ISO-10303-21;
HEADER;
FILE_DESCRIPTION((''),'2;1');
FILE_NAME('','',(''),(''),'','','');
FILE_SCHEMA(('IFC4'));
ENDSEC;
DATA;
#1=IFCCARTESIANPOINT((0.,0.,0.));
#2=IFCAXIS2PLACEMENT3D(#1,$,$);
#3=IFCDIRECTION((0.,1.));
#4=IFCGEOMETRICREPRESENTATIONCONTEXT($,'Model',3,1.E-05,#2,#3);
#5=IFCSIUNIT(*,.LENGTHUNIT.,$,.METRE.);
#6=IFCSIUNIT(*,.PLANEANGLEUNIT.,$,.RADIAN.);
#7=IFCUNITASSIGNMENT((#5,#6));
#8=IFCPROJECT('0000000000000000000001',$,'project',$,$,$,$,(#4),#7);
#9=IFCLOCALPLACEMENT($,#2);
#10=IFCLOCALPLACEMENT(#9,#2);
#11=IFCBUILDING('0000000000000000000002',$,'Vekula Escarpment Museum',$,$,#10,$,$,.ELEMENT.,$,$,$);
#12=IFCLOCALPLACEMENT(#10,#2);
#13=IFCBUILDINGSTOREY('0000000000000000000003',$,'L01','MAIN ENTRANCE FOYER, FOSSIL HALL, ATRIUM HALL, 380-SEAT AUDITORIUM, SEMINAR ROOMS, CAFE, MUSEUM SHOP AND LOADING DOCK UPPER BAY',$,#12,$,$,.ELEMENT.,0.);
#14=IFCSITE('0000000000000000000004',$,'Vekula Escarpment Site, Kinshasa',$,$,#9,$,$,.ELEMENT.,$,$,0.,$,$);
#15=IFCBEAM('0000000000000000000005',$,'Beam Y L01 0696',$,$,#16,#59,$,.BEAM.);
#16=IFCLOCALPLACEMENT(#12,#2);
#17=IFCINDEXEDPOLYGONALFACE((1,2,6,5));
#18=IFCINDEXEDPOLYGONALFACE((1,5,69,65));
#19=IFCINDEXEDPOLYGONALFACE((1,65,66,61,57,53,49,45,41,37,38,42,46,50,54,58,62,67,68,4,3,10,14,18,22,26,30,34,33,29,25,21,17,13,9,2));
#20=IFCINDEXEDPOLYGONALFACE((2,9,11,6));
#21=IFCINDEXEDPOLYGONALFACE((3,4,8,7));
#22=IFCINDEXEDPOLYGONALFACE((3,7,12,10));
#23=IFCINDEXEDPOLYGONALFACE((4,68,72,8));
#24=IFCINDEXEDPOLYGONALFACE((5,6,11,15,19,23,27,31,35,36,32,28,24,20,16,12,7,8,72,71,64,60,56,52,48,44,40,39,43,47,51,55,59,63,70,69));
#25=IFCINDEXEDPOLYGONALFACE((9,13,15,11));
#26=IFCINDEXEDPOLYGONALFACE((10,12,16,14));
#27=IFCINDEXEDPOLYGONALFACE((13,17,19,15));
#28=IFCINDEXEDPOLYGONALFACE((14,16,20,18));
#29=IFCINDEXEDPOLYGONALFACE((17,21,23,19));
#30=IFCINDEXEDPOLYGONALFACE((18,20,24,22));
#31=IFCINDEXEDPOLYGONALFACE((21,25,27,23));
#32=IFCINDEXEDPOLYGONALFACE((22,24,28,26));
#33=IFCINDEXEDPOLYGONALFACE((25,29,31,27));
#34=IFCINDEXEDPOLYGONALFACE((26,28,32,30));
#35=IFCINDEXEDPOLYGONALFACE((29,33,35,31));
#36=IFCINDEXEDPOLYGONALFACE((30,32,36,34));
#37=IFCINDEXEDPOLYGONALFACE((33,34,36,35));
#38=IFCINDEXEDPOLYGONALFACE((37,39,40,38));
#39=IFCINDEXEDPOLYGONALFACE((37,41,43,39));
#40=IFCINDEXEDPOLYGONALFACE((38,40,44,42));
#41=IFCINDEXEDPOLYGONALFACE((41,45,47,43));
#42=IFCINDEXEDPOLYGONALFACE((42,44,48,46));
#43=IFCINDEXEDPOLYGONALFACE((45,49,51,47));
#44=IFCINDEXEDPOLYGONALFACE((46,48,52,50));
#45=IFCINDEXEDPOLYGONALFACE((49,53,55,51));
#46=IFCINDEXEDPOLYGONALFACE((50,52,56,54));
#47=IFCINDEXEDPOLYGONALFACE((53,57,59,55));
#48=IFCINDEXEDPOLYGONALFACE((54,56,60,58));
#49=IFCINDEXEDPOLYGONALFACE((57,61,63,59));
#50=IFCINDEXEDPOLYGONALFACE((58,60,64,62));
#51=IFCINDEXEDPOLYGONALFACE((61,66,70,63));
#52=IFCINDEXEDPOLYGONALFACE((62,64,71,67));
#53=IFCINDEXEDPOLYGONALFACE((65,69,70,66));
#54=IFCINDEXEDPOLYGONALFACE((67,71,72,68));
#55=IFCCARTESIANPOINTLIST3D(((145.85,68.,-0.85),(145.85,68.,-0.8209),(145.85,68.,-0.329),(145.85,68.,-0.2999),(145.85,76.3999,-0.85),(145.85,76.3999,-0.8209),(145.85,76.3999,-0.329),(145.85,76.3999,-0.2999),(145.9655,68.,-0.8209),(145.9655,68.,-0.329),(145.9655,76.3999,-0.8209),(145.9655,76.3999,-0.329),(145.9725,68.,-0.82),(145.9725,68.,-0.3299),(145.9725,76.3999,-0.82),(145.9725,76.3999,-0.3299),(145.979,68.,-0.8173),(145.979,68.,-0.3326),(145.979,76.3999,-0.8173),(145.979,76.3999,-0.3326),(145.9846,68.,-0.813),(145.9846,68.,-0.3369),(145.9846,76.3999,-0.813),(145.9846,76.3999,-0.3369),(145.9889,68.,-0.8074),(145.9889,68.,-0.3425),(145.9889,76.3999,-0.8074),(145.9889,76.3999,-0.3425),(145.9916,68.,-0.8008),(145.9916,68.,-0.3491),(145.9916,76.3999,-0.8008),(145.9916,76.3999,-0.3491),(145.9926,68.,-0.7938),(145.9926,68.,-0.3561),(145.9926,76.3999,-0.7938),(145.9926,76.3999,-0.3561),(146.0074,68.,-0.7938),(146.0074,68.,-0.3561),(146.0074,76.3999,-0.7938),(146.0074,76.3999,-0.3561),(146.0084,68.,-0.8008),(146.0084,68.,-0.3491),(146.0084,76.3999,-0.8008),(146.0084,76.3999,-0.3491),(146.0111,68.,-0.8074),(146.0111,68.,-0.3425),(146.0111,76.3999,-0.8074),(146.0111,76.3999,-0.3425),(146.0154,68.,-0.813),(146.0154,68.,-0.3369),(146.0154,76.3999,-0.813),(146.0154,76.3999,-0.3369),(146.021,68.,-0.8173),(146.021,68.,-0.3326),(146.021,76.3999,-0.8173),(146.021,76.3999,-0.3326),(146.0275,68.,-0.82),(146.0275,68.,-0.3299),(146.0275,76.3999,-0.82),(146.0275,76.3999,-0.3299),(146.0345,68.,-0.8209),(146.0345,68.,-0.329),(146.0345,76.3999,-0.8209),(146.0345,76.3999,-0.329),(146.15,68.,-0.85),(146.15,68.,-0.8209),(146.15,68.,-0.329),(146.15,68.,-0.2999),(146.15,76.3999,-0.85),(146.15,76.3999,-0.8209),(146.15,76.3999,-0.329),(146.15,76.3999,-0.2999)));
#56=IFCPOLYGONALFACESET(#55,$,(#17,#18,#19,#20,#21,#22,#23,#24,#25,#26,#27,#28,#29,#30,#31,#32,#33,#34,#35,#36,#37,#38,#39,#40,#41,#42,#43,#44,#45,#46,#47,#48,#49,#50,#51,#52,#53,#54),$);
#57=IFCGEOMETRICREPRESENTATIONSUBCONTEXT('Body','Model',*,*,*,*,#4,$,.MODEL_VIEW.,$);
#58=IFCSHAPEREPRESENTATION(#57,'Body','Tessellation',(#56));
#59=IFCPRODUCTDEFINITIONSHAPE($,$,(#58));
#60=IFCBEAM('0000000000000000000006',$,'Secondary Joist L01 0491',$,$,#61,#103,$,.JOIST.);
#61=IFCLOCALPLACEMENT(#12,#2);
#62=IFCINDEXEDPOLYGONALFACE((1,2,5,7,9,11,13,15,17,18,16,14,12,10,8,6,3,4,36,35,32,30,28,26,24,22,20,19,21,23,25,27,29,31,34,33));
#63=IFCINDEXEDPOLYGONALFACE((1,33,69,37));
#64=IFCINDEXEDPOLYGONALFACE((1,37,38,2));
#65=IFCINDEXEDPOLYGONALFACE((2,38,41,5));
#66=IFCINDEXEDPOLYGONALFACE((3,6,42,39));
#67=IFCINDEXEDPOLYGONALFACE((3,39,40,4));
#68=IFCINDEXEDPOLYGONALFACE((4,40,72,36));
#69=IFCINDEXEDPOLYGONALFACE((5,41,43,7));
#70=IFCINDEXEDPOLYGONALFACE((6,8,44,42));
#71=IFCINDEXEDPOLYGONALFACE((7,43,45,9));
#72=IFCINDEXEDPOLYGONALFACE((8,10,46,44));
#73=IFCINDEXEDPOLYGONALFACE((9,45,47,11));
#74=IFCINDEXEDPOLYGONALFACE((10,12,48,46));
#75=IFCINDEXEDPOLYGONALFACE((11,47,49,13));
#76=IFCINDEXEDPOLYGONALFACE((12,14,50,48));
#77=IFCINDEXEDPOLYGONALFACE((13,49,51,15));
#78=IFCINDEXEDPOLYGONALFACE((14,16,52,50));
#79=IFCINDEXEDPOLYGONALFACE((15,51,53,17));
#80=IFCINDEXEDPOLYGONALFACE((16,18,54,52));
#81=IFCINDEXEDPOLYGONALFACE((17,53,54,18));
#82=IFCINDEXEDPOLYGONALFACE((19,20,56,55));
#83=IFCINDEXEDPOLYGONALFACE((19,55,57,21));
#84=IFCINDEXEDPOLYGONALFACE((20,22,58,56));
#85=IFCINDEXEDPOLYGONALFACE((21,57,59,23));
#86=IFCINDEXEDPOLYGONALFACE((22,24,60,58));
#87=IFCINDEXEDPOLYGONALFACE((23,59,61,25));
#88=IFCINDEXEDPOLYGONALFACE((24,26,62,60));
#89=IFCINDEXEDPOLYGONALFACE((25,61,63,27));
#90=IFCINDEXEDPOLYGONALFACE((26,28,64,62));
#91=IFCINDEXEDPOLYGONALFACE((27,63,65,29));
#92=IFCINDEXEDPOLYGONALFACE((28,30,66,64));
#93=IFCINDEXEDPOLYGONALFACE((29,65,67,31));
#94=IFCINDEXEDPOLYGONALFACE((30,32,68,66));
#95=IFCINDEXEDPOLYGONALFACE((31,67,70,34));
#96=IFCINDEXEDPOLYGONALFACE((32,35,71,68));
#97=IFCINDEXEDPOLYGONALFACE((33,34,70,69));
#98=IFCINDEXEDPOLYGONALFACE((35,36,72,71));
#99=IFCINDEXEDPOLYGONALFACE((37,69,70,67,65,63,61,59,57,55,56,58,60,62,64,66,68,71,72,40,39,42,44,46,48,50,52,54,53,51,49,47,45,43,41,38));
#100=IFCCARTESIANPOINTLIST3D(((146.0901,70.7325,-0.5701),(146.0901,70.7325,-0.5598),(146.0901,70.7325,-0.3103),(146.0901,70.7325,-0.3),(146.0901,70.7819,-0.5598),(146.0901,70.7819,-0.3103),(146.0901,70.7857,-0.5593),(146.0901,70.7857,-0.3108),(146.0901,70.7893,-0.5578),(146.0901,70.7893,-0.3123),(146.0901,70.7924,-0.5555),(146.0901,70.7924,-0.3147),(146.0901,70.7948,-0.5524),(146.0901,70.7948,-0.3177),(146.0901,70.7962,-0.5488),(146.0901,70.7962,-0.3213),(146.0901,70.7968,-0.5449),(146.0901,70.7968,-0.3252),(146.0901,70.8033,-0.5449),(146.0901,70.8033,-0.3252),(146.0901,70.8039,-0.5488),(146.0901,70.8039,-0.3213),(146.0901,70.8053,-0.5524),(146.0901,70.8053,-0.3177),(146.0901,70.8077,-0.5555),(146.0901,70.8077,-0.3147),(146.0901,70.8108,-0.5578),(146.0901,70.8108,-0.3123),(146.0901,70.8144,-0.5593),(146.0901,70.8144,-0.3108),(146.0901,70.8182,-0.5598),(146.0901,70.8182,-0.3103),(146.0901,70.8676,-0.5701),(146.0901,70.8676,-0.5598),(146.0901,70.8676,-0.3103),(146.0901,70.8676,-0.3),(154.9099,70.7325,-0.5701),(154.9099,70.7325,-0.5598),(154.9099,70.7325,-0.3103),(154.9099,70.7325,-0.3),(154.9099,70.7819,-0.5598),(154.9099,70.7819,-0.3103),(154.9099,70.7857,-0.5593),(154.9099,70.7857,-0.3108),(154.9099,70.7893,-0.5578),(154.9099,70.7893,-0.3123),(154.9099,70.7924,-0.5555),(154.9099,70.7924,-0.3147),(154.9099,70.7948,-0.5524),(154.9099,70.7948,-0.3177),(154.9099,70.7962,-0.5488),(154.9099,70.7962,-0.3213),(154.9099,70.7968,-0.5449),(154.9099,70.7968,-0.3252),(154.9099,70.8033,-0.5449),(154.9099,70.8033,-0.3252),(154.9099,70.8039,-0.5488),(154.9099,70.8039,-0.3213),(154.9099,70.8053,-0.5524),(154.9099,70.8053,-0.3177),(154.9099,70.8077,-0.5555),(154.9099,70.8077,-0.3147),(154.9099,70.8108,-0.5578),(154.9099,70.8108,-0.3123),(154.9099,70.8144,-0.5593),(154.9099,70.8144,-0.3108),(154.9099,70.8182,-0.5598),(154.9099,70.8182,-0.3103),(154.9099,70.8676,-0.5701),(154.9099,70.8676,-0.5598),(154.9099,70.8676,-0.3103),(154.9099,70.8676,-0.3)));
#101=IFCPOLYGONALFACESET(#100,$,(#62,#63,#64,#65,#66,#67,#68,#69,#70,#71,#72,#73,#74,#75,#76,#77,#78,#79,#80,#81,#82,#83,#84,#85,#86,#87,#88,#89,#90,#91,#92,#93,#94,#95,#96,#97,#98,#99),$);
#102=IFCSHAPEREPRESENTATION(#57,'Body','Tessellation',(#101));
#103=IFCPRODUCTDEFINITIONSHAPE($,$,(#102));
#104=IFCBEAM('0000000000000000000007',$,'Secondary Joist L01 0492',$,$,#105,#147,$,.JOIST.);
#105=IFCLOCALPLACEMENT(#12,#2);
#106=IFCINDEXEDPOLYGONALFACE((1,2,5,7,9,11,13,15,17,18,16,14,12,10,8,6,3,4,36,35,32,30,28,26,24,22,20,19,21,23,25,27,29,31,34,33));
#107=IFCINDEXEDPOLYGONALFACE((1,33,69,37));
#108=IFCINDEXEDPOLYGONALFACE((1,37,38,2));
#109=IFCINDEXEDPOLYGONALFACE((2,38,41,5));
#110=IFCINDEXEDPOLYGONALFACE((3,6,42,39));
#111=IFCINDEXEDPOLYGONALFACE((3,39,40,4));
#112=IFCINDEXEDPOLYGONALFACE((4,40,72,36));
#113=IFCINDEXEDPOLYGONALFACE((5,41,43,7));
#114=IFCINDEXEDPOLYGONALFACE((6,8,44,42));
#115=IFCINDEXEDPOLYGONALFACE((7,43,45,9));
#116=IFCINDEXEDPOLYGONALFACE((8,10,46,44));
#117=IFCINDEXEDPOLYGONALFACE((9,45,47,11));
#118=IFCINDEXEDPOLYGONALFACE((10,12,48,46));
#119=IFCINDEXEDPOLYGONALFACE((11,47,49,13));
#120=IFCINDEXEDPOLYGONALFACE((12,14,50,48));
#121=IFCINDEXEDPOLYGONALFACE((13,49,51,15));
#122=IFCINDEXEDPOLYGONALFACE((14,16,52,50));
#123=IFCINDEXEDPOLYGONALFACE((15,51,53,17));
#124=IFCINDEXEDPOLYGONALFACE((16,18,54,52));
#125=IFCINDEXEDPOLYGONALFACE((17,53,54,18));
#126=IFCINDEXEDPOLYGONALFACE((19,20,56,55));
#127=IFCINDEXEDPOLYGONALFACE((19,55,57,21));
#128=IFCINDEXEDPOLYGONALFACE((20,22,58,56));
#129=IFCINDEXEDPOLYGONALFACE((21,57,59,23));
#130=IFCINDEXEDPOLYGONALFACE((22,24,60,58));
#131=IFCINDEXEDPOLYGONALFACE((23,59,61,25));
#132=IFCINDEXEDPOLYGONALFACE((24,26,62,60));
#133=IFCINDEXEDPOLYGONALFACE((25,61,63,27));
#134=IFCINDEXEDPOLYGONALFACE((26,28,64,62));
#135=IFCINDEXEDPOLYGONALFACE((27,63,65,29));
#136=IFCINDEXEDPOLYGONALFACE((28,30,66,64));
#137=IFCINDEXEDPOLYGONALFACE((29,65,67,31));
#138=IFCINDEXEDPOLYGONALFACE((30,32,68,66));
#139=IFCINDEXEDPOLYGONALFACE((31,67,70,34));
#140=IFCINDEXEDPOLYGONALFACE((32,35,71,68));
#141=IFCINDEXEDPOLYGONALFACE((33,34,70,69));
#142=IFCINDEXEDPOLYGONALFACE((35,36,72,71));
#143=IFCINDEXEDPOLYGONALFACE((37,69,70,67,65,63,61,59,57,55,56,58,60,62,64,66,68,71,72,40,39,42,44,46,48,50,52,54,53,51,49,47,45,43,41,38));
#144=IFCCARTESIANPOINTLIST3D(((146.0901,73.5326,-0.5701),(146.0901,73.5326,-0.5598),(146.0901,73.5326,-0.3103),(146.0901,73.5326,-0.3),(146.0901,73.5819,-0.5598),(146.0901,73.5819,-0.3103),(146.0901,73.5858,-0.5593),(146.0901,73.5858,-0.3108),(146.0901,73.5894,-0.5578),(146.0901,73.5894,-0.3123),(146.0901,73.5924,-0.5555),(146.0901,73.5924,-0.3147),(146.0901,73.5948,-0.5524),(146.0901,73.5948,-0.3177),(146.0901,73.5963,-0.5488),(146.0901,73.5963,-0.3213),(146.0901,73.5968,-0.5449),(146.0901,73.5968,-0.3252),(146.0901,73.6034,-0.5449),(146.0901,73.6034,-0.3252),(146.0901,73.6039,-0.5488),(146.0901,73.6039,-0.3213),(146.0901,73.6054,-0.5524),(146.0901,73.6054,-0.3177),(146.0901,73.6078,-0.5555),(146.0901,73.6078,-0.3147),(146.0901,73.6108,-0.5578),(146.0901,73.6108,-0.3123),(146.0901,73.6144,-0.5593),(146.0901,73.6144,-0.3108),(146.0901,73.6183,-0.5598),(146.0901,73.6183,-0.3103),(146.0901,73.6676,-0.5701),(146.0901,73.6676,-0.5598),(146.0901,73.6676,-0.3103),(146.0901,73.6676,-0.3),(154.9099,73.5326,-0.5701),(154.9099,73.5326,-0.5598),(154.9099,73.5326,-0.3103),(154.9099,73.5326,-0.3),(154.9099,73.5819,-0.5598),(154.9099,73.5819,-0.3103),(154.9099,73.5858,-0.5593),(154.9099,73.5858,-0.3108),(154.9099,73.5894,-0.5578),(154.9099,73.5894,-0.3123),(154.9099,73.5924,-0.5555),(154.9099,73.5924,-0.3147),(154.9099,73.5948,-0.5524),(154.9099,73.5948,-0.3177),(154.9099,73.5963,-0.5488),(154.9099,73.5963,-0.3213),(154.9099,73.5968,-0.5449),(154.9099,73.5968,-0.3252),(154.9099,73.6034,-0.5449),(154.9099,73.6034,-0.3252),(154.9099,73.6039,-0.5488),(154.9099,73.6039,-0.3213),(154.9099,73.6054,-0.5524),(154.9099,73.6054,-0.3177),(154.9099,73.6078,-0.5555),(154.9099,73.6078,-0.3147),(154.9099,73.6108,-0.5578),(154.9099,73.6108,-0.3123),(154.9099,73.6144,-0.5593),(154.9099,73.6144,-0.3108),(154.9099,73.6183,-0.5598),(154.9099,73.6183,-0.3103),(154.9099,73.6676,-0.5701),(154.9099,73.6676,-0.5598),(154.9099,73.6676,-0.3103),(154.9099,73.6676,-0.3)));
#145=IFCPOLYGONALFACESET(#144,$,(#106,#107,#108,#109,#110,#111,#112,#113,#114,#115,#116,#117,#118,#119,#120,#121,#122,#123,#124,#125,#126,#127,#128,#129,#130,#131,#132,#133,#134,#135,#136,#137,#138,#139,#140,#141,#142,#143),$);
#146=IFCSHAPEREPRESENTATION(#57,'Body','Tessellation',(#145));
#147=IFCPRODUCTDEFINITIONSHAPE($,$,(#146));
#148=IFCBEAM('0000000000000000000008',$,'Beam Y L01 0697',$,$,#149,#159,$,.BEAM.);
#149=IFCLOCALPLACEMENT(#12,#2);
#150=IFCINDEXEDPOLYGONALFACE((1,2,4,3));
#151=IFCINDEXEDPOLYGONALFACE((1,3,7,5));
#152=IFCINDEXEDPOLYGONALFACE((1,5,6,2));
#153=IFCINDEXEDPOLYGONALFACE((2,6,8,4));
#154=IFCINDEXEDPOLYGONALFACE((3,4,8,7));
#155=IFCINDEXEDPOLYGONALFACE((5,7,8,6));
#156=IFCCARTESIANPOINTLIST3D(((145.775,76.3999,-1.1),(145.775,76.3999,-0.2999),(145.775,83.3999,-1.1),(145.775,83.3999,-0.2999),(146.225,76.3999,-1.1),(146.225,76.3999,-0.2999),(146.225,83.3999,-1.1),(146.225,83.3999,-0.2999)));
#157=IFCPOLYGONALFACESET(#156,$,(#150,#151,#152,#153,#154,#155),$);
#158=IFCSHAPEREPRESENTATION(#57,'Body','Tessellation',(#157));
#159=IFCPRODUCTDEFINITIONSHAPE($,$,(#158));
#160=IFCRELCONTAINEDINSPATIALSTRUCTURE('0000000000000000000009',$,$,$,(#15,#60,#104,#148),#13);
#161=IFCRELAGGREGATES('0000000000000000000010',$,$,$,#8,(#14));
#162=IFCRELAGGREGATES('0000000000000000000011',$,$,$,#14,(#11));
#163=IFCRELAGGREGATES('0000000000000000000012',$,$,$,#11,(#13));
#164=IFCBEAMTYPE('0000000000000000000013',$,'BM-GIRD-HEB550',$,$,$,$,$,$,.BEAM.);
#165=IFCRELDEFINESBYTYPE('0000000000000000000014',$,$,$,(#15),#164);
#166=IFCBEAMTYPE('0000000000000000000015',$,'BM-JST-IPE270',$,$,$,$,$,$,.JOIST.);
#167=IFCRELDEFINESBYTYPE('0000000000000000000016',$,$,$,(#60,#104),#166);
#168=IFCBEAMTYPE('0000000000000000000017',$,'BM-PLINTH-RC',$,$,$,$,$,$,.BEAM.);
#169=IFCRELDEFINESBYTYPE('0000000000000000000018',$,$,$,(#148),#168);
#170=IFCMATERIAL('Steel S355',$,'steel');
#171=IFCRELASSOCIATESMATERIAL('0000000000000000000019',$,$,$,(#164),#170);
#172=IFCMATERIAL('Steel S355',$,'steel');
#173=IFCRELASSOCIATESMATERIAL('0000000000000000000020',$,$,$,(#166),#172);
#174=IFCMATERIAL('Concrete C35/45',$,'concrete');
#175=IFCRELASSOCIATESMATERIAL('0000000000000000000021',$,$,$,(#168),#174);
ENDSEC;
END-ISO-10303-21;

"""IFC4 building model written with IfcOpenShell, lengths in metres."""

from ifc_helpers import new_model, si_unit, direction, frame, origin, origin_2d, place, context, subcontext, project, spatial, rectangle, i_section, extrude, material, material_profile, profile_set, type_object, element, save


model = new_model("IFC4")

# Units and contexts
model_context = context("Model", 3, precision=1e-05, world=origin(), true_north=direction((0.0, 1.0)))
body_context = subcontext(model_context, "Body", "Model", "MODEL_VIEW")
ifc_project = project(units=[si_unit("LENGTHUNIT", "METRE"), si_unit("PLANEANGLEUNIT", "RADIAN")], contexts=[model_context])

# Site, building, storey
site_placement = place(None, origin())
site = spatial("IfcSite", under=ifc_project, at=site_placement, Name="Vekula Escarpment Site, Kinshasa", CompositionType="ELEMENT", RefElevation=0.0)
building_placement = place(site_placement, origin())
building = spatial("IfcBuilding", under=site, at=building_placement, Name="Vekula Escarpment Museum", CompositionType="ELEMENT")
storey_placement = place(building_placement, origin())
storey = spatial("IfcBuildingStorey", under=building, at=storey_placement, Name="L01", Description="MAIN ENTRANCE FOYER, FOSSIL HALL, ATRIUM HALL, 380-SEAT AUDITORIUM, SEMINAR ROOMS, CAFE, MUSEUM SHOP AND LOADING DOCK UPPER BAY", CompositionType="ELEMENT", Elevation=0.0)

# Beams
ifc_material_1 = material(Name="Steel S355", Category="steel")
ifc_material_profile_1 = material_profile(ifc_material_1, i_section(OverallWidth=0.3, OverallDepth=0.55, WebThickness=0.0149, FlangeThickness=0.0291, FilletRadius=0.0271, at=origin_2d()), Name="HEB 550")
ifc_profile_set_1 = profile_set([ifc_material_profile_1], Name="Steel S355")
beam_type_1 = type_object("IfcBeamType", Name="BM-GIRD-HEB550", PredefinedType="BEAM", material=ifc_profile_set_1)
beam_1_placement = place(storey_placement, frame((146.0, 68.0, -0.575), z_axis=(0.0, 1.0, 0.0), x_axis=(-1.0, 0.0, 0.0)))
element("IfcBeam", 1, at=beam_1_placement, inside=storey, type_object=beam_type_1, Name="Beam Y L01 0696", PredefinedType="BEAM", context=body_context, shape_type="SweptSolid", body=[
    extrude(i_section(OverallWidth=0.3, OverallDepth=0.55, WebThickness=0.0149, FlangeThickness=0.0291, FilletRadius=0.0271, at=origin_2d()), origin(), (0.0, 0.0, 1.0), 8.3999),
])
ifc_material_2 = material(Name="Steel S355", Category="steel")
ifc_material_profile_2 = material_profile(ifc_material_2, i_section(OverallWidth=0.135, OverallDepth=0.27, WebThickness=0.0066, FlangeThickness=0.0103, FilletRadius=0.0149, at=origin_2d()), Name="IPE 270")
ifc_profile_set_2 = profile_set([ifc_material_profile_2], Name="Steel S355")
beam_type_2 = type_object("IfcBeamType", Name="BM-JST-IPE270", PredefinedType="JOIST", material=ifc_profile_set_2)
for number, where, z_axis, x_axis, name in (
    (2, (146.0901, 70.8, -0.4351), (1.0, 0.0, 0.0), (0.0, 1.0, 0.0), "Secondary Joist L01 0491"),
    (3, (146.0901, 73.6001, -0.4351), (1.0, 0.0, 0.0), (0.0, 1.0, 0.0), "Secondary Joist L01 0492"),
):
    element("IfcBeam", number, at=place(storey_placement, frame(where, z_axis=z_axis, x_axis=x_axis)), inside=storey, type_object=beam_type_2, Name=name, PredefinedType="JOIST", context=body_context, shape_type="SweptSolid", body=[
        extrude(i_section(OverallWidth=0.135, OverallDepth=0.27, WebThickness=0.0066, FlangeThickness=0.0103, FilletRadius=0.0149, at=origin_2d()), origin(), (0.0, 0.0, 1.0), 8.8198),
    ])
ifc_material_3 = material(Name="Concrete C35/45", Category="concrete")
ifc_material_profile_3 = material_profile(ifc_material_3, rectangle(XDim=0.45, YDim=0.8, at=origin_2d()), Name="RC 450x800")
ifc_profile_set_3 = profile_set([ifc_material_profile_3], Name="Concrete C35/45")
beam_type_3 = type_object("IfcBeamType", Name="BM-PLINTH-RC", PredefinedType="BEAM", material=ifc_profile_set_3)
beam_2_placement = place(storey_placement, frame((146.0, 76.3999, -0.7), z_axis=(0.0, 1.0, 0.0), x_axis=(-1.0, 0.0, 0.0)))
element("IfcBeam", 4, at=beam_2_placement, inside=storey, type_object=beam_type_3, Name="Beam Y L01 0697", PredefinedType="BEAM", context=body_context, shape_type="SweptSolid", body=[
    extrude(rectangle(XDim=0.45, YDim=0.8, at=origin_2d()), origin(), (0.0, 0.0, 1.0), 7.0),
])

save(model, "model.ifc")
